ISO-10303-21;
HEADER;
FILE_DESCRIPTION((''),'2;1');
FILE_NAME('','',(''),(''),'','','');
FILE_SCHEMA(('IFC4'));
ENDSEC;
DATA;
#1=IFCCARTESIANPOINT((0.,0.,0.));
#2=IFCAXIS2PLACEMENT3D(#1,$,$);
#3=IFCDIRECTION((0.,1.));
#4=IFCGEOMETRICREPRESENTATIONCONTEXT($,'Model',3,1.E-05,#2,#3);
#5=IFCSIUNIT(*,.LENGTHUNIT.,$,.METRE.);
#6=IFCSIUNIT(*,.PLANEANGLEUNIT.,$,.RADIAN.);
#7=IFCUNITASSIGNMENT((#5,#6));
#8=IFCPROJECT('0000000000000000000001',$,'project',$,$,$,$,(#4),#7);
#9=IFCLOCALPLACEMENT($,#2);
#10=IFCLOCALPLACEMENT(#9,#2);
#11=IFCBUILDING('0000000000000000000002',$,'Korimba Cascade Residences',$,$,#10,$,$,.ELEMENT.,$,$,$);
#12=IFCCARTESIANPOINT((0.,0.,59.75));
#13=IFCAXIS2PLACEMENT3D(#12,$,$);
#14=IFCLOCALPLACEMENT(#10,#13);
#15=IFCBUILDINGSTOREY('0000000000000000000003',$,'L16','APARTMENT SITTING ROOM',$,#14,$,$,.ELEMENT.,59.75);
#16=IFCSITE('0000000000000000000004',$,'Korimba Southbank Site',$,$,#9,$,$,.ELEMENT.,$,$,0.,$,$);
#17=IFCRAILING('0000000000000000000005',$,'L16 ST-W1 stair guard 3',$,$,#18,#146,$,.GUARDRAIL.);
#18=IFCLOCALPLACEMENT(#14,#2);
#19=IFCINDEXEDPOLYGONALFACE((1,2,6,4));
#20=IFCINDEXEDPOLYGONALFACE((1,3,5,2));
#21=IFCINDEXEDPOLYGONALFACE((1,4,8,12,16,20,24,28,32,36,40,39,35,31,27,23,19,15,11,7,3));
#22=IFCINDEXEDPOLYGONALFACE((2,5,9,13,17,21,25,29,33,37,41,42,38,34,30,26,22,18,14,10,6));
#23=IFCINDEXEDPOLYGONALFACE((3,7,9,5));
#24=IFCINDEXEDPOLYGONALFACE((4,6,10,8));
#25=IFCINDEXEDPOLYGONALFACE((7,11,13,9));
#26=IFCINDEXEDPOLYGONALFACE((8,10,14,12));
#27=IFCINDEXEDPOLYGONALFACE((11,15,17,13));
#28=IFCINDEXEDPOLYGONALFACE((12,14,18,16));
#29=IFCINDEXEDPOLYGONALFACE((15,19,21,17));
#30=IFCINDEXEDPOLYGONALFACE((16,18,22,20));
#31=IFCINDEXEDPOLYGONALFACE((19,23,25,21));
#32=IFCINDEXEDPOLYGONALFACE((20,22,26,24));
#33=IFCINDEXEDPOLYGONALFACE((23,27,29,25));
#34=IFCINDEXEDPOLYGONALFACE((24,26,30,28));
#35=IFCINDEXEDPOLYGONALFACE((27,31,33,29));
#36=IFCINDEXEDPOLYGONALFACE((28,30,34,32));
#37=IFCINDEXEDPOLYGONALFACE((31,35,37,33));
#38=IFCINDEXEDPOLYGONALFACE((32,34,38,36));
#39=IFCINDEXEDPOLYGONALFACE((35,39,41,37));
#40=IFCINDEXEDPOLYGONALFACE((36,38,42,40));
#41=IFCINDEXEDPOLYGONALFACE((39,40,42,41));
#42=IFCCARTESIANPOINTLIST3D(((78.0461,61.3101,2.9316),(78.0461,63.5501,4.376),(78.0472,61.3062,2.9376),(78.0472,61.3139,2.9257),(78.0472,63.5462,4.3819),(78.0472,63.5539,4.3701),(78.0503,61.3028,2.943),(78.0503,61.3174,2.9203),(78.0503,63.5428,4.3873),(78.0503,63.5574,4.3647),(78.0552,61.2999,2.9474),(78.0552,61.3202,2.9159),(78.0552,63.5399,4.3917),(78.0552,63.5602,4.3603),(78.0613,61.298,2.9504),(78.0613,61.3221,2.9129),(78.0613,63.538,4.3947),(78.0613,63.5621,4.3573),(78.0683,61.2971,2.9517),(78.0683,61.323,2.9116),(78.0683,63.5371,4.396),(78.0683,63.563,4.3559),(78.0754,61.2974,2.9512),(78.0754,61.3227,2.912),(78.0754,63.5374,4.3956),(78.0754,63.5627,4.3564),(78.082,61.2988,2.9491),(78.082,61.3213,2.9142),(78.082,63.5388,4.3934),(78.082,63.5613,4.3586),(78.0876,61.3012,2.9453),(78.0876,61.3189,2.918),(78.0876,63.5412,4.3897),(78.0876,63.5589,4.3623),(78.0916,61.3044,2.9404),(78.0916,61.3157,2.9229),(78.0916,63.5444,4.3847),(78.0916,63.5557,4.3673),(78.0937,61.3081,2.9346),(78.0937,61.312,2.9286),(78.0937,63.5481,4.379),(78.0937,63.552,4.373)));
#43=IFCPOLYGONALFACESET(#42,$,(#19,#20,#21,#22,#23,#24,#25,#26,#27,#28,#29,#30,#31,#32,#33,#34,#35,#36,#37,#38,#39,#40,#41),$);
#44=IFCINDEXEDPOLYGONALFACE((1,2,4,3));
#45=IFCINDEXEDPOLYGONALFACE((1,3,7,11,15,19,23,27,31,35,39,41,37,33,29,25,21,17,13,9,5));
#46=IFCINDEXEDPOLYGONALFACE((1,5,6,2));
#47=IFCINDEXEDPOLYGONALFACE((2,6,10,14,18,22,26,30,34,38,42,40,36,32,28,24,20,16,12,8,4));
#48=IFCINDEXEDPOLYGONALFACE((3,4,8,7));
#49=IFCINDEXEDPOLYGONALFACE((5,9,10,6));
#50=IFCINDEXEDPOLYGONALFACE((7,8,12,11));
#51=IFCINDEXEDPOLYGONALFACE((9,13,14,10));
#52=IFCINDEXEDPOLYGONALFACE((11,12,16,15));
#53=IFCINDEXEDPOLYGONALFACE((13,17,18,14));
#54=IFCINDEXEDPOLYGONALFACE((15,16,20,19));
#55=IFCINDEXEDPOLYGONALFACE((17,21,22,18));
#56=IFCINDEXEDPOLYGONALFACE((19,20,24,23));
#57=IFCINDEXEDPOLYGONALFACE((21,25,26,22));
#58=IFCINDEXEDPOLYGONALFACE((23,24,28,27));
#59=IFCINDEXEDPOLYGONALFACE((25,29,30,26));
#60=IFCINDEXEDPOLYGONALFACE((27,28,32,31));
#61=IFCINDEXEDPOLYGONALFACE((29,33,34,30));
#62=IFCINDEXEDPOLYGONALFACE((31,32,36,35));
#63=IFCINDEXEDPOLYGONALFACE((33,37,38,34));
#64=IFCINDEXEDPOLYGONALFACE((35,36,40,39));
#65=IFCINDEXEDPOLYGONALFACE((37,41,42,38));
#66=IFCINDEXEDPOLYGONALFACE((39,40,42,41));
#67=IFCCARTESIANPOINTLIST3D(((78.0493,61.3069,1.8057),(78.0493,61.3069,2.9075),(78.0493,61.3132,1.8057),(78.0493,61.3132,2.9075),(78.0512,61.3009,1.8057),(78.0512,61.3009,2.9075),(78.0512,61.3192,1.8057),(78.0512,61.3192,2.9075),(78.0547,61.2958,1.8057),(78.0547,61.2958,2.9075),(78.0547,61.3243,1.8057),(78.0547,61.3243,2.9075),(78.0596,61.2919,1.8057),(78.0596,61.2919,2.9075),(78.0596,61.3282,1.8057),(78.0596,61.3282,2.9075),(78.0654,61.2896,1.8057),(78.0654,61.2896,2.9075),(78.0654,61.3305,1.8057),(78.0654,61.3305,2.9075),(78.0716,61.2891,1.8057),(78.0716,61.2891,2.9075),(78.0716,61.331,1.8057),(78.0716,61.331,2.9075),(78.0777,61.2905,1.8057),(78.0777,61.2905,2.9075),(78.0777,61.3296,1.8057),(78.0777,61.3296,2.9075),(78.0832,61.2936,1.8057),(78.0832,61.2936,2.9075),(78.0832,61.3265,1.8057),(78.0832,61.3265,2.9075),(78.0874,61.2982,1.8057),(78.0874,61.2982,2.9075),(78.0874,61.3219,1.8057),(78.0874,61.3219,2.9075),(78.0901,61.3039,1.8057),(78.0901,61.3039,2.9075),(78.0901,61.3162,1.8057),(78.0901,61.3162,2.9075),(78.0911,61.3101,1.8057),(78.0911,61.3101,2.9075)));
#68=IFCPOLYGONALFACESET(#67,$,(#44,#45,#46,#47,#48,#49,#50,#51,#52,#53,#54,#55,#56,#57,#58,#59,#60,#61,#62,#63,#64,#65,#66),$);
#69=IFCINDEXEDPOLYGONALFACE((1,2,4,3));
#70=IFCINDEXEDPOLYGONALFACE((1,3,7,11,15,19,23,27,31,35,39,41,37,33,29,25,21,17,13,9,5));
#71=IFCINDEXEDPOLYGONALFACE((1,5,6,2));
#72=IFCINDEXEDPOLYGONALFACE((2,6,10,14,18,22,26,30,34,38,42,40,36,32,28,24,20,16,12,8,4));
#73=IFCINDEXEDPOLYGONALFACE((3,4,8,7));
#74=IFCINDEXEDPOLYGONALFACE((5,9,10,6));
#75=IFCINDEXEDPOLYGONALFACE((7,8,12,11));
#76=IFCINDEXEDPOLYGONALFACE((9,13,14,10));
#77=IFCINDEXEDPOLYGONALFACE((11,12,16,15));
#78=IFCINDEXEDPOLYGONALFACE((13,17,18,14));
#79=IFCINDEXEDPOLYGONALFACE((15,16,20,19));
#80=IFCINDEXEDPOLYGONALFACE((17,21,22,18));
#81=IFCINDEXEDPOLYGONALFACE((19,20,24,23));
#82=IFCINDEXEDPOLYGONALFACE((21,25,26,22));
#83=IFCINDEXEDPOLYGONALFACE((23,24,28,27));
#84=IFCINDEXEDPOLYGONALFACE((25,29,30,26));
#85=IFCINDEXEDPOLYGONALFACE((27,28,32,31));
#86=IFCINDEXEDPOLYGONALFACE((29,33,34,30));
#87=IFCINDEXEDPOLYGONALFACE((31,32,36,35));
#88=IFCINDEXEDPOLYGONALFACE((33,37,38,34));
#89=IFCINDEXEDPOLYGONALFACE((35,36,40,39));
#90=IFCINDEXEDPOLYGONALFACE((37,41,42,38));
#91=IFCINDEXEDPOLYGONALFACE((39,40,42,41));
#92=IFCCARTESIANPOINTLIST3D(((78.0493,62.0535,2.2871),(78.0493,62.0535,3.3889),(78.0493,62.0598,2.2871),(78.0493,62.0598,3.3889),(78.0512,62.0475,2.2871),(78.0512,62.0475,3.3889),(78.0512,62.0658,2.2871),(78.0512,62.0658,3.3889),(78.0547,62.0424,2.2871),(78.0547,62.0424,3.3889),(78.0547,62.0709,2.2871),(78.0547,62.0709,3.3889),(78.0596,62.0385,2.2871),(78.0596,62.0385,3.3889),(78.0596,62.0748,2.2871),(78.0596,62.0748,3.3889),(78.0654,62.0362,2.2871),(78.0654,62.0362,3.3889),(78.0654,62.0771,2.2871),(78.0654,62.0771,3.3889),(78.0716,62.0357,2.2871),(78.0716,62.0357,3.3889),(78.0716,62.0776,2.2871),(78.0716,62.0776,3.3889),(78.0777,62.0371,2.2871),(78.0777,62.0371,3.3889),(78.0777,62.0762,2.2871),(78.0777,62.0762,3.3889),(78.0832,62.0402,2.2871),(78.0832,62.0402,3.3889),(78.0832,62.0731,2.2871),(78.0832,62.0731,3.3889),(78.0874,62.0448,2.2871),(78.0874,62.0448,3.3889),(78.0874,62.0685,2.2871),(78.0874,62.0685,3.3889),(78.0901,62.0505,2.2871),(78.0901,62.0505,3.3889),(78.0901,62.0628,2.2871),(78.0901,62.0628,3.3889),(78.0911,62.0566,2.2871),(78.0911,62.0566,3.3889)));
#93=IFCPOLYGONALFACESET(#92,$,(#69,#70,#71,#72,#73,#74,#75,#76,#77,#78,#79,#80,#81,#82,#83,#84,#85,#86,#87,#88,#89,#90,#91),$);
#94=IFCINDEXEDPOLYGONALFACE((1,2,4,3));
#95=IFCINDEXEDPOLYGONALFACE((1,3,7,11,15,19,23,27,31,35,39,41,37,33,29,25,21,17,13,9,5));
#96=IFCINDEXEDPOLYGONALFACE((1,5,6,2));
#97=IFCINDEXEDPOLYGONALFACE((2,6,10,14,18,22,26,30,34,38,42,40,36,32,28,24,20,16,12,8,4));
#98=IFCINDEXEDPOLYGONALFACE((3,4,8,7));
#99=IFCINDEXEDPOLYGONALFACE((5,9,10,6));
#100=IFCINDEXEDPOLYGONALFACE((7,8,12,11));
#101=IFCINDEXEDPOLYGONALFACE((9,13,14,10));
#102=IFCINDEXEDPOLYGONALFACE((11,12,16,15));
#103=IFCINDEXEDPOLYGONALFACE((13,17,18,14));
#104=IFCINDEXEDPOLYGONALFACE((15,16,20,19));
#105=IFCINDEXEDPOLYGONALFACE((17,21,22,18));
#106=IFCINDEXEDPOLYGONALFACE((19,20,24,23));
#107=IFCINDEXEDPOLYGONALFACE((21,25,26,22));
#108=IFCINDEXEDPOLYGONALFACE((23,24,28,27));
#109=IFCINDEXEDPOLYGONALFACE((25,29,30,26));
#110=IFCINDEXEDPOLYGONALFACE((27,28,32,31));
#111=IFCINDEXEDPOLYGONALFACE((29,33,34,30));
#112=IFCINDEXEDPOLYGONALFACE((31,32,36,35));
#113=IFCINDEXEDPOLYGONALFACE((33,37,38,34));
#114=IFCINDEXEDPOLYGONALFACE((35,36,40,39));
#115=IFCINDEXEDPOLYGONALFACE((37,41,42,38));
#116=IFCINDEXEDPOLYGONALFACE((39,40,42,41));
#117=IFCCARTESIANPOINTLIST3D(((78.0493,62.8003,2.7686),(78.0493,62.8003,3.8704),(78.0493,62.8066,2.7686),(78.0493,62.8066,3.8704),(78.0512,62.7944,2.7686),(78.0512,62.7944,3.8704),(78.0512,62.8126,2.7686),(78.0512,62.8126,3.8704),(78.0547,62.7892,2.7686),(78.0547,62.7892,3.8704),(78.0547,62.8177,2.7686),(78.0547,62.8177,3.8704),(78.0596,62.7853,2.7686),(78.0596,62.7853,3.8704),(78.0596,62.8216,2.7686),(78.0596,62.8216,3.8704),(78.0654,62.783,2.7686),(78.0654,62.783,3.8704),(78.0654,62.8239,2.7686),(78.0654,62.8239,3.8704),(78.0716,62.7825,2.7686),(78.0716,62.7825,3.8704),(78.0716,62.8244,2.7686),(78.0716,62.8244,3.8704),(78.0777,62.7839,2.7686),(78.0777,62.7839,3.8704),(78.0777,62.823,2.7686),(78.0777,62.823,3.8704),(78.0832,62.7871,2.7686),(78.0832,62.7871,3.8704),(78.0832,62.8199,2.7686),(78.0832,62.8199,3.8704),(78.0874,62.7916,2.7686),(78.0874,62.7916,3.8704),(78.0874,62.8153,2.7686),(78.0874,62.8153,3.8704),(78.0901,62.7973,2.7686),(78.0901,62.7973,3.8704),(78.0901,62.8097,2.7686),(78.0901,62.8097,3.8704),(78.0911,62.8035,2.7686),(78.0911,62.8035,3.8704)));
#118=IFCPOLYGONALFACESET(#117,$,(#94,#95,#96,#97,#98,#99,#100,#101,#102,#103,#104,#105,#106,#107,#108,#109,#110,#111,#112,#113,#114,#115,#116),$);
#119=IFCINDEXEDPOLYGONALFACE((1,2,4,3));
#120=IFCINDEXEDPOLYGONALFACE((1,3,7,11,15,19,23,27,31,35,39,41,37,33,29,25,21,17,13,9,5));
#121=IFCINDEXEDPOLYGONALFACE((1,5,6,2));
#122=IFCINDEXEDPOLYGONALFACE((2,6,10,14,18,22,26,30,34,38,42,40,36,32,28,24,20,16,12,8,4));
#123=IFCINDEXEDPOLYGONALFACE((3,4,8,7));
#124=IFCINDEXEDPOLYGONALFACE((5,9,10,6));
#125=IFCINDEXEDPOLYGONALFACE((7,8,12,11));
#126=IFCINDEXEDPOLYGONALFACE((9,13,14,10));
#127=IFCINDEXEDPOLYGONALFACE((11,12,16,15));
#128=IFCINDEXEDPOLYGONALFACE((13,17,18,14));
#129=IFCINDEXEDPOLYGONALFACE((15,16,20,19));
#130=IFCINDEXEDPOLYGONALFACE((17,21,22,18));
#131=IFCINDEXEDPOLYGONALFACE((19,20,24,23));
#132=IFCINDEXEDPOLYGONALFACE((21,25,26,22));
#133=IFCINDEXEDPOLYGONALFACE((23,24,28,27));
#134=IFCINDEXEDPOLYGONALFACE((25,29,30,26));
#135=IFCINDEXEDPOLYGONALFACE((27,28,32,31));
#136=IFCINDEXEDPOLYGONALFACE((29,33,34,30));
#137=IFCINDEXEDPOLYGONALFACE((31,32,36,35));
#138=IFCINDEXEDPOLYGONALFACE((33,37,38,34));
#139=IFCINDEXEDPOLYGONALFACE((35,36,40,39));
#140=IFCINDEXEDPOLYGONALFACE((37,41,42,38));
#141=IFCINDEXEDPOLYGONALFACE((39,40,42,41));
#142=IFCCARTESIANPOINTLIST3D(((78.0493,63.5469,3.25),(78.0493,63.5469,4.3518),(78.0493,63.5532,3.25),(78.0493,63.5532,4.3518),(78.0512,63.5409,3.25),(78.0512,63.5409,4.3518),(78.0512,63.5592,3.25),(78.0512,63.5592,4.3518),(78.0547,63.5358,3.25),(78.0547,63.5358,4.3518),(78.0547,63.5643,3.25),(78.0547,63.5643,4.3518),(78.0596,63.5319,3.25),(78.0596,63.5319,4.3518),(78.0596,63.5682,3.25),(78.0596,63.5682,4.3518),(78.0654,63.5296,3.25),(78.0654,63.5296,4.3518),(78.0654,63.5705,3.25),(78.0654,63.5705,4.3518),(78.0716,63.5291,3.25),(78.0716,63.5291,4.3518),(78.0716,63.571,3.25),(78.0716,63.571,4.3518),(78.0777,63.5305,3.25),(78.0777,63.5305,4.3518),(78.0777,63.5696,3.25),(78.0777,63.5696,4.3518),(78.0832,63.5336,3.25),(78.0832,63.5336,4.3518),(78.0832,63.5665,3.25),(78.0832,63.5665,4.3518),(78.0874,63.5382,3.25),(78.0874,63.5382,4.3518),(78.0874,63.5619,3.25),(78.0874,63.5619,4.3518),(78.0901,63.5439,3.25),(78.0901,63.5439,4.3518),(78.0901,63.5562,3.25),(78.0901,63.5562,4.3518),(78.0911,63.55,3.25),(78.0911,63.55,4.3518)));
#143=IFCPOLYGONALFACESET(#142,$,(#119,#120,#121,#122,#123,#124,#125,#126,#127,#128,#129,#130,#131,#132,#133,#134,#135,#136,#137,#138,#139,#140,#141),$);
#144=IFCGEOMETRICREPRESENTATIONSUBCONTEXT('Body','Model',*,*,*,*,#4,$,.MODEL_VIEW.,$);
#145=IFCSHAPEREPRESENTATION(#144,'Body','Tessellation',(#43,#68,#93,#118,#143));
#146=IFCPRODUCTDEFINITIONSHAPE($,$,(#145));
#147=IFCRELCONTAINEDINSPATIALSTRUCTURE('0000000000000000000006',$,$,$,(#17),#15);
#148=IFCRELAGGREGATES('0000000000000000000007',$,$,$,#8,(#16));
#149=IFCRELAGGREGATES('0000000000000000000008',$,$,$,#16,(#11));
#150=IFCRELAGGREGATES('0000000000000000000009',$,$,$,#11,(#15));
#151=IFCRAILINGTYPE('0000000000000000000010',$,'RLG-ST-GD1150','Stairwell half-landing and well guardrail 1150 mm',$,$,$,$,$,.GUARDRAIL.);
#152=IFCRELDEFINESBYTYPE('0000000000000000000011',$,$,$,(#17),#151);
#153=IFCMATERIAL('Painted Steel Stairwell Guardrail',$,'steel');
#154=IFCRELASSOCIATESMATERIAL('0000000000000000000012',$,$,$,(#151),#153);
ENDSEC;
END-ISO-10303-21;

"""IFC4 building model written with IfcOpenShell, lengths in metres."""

from ifc_helpers import new_model, si_unit, direction, frame, origin, origin_2d, place, context, subcontext, project, spatial, circle, extrude, material, type_object, element, save


model = new_model("IFC4")

# Units and contexts
model_context = context("Model", 3, precision=1e-05, world=origin(), true_north=direction((0.0, 1.0)))
body_context = subcontext(model_context, "Body", "Model", "MODEL_VIEW")
ifc_project = project(units=[si_unit("LENGTHUNIT", "METRE"), si_unit("PLANEANGLEUNIT", "RADIAN")], contexts=[model_context])

# Site, building, storey
site_placement = place(None, origin())
site = spatial("IfcSite", under=ifc_project, at=site_placement, Name="Korimba Southbank Site", CompositionType="ELEMENT", RefElevation=0.0)
building_placement = place(site_placement, origin())
building = spatial("IfcBuilding", under=site, at=building_placement, Name="Korimba Cascade Residences", CompositionType="ELEMENT")
storey_placement = place(building_placement, frame((0.0, 0.0, 59.75)))
storey = spatial("IfcBuildingStorey", under=building, at=storey_placement, Name="L16", Description="APARTMENT SITTING ROOM", CompositionType="ELEMENT", Elevation=59.75)

# Railing
ifc_material_1 = material(Name="Painted Steel Stairwell Guardrail", Category="steel")
railing_type_1 = type_object("IfcRailingType", Name="RLG-ST-GD1150", Description="Stairwell half-landing and well guardrail 1150 mm", PredefinedType="GUARDRAIL", material=ifc_material_1)
railing_1_placement = place(storey_placement, frame((78.0701, 61.3101, 1.8057)))
element("IfcRailing", 1, at=railing_1_placement, inside=storey, type_object=railing_type_1, Name="L16 ST-W1 stair guard 3", PredefinedType="GUARDRAIL", context=body_context, shape_type="SweptSolid", body=[
    extrude(circle(Radius=0.0239, at=origin_2d()), frame((0.0, 0.0, 1.126), z_axis=(0.0, 0.840437, 0.54191), x_axis=(-1.0, 0.0, 0.0)), (0.0, 0.0, 1.0), 2.6653),
    extrude(circle(Radius=0.021, at=origin_2d()), origin(), (0.0, 0.0, 1.0), 1.1018),
    extrude(circle(Radius=0.021, at=origin_2d()), frame((0.0, 0.7466, 0.4814)), (0.0, 0.0, 1.0), 1.1018),
    extrude(circle(Radius=0.021, at=origin_2d()), frame((0.0, 1.4934, 0.9629)), (0.0, 0.0, 1.0), 1.1018),
    extrude(circle(Radius=0.021, at=origin_2d()), frame((0.0, 2.24, 1.4443)), (0.0, 0.0, 1.0), 1.1018),
])

save(model, "model.ifc")
